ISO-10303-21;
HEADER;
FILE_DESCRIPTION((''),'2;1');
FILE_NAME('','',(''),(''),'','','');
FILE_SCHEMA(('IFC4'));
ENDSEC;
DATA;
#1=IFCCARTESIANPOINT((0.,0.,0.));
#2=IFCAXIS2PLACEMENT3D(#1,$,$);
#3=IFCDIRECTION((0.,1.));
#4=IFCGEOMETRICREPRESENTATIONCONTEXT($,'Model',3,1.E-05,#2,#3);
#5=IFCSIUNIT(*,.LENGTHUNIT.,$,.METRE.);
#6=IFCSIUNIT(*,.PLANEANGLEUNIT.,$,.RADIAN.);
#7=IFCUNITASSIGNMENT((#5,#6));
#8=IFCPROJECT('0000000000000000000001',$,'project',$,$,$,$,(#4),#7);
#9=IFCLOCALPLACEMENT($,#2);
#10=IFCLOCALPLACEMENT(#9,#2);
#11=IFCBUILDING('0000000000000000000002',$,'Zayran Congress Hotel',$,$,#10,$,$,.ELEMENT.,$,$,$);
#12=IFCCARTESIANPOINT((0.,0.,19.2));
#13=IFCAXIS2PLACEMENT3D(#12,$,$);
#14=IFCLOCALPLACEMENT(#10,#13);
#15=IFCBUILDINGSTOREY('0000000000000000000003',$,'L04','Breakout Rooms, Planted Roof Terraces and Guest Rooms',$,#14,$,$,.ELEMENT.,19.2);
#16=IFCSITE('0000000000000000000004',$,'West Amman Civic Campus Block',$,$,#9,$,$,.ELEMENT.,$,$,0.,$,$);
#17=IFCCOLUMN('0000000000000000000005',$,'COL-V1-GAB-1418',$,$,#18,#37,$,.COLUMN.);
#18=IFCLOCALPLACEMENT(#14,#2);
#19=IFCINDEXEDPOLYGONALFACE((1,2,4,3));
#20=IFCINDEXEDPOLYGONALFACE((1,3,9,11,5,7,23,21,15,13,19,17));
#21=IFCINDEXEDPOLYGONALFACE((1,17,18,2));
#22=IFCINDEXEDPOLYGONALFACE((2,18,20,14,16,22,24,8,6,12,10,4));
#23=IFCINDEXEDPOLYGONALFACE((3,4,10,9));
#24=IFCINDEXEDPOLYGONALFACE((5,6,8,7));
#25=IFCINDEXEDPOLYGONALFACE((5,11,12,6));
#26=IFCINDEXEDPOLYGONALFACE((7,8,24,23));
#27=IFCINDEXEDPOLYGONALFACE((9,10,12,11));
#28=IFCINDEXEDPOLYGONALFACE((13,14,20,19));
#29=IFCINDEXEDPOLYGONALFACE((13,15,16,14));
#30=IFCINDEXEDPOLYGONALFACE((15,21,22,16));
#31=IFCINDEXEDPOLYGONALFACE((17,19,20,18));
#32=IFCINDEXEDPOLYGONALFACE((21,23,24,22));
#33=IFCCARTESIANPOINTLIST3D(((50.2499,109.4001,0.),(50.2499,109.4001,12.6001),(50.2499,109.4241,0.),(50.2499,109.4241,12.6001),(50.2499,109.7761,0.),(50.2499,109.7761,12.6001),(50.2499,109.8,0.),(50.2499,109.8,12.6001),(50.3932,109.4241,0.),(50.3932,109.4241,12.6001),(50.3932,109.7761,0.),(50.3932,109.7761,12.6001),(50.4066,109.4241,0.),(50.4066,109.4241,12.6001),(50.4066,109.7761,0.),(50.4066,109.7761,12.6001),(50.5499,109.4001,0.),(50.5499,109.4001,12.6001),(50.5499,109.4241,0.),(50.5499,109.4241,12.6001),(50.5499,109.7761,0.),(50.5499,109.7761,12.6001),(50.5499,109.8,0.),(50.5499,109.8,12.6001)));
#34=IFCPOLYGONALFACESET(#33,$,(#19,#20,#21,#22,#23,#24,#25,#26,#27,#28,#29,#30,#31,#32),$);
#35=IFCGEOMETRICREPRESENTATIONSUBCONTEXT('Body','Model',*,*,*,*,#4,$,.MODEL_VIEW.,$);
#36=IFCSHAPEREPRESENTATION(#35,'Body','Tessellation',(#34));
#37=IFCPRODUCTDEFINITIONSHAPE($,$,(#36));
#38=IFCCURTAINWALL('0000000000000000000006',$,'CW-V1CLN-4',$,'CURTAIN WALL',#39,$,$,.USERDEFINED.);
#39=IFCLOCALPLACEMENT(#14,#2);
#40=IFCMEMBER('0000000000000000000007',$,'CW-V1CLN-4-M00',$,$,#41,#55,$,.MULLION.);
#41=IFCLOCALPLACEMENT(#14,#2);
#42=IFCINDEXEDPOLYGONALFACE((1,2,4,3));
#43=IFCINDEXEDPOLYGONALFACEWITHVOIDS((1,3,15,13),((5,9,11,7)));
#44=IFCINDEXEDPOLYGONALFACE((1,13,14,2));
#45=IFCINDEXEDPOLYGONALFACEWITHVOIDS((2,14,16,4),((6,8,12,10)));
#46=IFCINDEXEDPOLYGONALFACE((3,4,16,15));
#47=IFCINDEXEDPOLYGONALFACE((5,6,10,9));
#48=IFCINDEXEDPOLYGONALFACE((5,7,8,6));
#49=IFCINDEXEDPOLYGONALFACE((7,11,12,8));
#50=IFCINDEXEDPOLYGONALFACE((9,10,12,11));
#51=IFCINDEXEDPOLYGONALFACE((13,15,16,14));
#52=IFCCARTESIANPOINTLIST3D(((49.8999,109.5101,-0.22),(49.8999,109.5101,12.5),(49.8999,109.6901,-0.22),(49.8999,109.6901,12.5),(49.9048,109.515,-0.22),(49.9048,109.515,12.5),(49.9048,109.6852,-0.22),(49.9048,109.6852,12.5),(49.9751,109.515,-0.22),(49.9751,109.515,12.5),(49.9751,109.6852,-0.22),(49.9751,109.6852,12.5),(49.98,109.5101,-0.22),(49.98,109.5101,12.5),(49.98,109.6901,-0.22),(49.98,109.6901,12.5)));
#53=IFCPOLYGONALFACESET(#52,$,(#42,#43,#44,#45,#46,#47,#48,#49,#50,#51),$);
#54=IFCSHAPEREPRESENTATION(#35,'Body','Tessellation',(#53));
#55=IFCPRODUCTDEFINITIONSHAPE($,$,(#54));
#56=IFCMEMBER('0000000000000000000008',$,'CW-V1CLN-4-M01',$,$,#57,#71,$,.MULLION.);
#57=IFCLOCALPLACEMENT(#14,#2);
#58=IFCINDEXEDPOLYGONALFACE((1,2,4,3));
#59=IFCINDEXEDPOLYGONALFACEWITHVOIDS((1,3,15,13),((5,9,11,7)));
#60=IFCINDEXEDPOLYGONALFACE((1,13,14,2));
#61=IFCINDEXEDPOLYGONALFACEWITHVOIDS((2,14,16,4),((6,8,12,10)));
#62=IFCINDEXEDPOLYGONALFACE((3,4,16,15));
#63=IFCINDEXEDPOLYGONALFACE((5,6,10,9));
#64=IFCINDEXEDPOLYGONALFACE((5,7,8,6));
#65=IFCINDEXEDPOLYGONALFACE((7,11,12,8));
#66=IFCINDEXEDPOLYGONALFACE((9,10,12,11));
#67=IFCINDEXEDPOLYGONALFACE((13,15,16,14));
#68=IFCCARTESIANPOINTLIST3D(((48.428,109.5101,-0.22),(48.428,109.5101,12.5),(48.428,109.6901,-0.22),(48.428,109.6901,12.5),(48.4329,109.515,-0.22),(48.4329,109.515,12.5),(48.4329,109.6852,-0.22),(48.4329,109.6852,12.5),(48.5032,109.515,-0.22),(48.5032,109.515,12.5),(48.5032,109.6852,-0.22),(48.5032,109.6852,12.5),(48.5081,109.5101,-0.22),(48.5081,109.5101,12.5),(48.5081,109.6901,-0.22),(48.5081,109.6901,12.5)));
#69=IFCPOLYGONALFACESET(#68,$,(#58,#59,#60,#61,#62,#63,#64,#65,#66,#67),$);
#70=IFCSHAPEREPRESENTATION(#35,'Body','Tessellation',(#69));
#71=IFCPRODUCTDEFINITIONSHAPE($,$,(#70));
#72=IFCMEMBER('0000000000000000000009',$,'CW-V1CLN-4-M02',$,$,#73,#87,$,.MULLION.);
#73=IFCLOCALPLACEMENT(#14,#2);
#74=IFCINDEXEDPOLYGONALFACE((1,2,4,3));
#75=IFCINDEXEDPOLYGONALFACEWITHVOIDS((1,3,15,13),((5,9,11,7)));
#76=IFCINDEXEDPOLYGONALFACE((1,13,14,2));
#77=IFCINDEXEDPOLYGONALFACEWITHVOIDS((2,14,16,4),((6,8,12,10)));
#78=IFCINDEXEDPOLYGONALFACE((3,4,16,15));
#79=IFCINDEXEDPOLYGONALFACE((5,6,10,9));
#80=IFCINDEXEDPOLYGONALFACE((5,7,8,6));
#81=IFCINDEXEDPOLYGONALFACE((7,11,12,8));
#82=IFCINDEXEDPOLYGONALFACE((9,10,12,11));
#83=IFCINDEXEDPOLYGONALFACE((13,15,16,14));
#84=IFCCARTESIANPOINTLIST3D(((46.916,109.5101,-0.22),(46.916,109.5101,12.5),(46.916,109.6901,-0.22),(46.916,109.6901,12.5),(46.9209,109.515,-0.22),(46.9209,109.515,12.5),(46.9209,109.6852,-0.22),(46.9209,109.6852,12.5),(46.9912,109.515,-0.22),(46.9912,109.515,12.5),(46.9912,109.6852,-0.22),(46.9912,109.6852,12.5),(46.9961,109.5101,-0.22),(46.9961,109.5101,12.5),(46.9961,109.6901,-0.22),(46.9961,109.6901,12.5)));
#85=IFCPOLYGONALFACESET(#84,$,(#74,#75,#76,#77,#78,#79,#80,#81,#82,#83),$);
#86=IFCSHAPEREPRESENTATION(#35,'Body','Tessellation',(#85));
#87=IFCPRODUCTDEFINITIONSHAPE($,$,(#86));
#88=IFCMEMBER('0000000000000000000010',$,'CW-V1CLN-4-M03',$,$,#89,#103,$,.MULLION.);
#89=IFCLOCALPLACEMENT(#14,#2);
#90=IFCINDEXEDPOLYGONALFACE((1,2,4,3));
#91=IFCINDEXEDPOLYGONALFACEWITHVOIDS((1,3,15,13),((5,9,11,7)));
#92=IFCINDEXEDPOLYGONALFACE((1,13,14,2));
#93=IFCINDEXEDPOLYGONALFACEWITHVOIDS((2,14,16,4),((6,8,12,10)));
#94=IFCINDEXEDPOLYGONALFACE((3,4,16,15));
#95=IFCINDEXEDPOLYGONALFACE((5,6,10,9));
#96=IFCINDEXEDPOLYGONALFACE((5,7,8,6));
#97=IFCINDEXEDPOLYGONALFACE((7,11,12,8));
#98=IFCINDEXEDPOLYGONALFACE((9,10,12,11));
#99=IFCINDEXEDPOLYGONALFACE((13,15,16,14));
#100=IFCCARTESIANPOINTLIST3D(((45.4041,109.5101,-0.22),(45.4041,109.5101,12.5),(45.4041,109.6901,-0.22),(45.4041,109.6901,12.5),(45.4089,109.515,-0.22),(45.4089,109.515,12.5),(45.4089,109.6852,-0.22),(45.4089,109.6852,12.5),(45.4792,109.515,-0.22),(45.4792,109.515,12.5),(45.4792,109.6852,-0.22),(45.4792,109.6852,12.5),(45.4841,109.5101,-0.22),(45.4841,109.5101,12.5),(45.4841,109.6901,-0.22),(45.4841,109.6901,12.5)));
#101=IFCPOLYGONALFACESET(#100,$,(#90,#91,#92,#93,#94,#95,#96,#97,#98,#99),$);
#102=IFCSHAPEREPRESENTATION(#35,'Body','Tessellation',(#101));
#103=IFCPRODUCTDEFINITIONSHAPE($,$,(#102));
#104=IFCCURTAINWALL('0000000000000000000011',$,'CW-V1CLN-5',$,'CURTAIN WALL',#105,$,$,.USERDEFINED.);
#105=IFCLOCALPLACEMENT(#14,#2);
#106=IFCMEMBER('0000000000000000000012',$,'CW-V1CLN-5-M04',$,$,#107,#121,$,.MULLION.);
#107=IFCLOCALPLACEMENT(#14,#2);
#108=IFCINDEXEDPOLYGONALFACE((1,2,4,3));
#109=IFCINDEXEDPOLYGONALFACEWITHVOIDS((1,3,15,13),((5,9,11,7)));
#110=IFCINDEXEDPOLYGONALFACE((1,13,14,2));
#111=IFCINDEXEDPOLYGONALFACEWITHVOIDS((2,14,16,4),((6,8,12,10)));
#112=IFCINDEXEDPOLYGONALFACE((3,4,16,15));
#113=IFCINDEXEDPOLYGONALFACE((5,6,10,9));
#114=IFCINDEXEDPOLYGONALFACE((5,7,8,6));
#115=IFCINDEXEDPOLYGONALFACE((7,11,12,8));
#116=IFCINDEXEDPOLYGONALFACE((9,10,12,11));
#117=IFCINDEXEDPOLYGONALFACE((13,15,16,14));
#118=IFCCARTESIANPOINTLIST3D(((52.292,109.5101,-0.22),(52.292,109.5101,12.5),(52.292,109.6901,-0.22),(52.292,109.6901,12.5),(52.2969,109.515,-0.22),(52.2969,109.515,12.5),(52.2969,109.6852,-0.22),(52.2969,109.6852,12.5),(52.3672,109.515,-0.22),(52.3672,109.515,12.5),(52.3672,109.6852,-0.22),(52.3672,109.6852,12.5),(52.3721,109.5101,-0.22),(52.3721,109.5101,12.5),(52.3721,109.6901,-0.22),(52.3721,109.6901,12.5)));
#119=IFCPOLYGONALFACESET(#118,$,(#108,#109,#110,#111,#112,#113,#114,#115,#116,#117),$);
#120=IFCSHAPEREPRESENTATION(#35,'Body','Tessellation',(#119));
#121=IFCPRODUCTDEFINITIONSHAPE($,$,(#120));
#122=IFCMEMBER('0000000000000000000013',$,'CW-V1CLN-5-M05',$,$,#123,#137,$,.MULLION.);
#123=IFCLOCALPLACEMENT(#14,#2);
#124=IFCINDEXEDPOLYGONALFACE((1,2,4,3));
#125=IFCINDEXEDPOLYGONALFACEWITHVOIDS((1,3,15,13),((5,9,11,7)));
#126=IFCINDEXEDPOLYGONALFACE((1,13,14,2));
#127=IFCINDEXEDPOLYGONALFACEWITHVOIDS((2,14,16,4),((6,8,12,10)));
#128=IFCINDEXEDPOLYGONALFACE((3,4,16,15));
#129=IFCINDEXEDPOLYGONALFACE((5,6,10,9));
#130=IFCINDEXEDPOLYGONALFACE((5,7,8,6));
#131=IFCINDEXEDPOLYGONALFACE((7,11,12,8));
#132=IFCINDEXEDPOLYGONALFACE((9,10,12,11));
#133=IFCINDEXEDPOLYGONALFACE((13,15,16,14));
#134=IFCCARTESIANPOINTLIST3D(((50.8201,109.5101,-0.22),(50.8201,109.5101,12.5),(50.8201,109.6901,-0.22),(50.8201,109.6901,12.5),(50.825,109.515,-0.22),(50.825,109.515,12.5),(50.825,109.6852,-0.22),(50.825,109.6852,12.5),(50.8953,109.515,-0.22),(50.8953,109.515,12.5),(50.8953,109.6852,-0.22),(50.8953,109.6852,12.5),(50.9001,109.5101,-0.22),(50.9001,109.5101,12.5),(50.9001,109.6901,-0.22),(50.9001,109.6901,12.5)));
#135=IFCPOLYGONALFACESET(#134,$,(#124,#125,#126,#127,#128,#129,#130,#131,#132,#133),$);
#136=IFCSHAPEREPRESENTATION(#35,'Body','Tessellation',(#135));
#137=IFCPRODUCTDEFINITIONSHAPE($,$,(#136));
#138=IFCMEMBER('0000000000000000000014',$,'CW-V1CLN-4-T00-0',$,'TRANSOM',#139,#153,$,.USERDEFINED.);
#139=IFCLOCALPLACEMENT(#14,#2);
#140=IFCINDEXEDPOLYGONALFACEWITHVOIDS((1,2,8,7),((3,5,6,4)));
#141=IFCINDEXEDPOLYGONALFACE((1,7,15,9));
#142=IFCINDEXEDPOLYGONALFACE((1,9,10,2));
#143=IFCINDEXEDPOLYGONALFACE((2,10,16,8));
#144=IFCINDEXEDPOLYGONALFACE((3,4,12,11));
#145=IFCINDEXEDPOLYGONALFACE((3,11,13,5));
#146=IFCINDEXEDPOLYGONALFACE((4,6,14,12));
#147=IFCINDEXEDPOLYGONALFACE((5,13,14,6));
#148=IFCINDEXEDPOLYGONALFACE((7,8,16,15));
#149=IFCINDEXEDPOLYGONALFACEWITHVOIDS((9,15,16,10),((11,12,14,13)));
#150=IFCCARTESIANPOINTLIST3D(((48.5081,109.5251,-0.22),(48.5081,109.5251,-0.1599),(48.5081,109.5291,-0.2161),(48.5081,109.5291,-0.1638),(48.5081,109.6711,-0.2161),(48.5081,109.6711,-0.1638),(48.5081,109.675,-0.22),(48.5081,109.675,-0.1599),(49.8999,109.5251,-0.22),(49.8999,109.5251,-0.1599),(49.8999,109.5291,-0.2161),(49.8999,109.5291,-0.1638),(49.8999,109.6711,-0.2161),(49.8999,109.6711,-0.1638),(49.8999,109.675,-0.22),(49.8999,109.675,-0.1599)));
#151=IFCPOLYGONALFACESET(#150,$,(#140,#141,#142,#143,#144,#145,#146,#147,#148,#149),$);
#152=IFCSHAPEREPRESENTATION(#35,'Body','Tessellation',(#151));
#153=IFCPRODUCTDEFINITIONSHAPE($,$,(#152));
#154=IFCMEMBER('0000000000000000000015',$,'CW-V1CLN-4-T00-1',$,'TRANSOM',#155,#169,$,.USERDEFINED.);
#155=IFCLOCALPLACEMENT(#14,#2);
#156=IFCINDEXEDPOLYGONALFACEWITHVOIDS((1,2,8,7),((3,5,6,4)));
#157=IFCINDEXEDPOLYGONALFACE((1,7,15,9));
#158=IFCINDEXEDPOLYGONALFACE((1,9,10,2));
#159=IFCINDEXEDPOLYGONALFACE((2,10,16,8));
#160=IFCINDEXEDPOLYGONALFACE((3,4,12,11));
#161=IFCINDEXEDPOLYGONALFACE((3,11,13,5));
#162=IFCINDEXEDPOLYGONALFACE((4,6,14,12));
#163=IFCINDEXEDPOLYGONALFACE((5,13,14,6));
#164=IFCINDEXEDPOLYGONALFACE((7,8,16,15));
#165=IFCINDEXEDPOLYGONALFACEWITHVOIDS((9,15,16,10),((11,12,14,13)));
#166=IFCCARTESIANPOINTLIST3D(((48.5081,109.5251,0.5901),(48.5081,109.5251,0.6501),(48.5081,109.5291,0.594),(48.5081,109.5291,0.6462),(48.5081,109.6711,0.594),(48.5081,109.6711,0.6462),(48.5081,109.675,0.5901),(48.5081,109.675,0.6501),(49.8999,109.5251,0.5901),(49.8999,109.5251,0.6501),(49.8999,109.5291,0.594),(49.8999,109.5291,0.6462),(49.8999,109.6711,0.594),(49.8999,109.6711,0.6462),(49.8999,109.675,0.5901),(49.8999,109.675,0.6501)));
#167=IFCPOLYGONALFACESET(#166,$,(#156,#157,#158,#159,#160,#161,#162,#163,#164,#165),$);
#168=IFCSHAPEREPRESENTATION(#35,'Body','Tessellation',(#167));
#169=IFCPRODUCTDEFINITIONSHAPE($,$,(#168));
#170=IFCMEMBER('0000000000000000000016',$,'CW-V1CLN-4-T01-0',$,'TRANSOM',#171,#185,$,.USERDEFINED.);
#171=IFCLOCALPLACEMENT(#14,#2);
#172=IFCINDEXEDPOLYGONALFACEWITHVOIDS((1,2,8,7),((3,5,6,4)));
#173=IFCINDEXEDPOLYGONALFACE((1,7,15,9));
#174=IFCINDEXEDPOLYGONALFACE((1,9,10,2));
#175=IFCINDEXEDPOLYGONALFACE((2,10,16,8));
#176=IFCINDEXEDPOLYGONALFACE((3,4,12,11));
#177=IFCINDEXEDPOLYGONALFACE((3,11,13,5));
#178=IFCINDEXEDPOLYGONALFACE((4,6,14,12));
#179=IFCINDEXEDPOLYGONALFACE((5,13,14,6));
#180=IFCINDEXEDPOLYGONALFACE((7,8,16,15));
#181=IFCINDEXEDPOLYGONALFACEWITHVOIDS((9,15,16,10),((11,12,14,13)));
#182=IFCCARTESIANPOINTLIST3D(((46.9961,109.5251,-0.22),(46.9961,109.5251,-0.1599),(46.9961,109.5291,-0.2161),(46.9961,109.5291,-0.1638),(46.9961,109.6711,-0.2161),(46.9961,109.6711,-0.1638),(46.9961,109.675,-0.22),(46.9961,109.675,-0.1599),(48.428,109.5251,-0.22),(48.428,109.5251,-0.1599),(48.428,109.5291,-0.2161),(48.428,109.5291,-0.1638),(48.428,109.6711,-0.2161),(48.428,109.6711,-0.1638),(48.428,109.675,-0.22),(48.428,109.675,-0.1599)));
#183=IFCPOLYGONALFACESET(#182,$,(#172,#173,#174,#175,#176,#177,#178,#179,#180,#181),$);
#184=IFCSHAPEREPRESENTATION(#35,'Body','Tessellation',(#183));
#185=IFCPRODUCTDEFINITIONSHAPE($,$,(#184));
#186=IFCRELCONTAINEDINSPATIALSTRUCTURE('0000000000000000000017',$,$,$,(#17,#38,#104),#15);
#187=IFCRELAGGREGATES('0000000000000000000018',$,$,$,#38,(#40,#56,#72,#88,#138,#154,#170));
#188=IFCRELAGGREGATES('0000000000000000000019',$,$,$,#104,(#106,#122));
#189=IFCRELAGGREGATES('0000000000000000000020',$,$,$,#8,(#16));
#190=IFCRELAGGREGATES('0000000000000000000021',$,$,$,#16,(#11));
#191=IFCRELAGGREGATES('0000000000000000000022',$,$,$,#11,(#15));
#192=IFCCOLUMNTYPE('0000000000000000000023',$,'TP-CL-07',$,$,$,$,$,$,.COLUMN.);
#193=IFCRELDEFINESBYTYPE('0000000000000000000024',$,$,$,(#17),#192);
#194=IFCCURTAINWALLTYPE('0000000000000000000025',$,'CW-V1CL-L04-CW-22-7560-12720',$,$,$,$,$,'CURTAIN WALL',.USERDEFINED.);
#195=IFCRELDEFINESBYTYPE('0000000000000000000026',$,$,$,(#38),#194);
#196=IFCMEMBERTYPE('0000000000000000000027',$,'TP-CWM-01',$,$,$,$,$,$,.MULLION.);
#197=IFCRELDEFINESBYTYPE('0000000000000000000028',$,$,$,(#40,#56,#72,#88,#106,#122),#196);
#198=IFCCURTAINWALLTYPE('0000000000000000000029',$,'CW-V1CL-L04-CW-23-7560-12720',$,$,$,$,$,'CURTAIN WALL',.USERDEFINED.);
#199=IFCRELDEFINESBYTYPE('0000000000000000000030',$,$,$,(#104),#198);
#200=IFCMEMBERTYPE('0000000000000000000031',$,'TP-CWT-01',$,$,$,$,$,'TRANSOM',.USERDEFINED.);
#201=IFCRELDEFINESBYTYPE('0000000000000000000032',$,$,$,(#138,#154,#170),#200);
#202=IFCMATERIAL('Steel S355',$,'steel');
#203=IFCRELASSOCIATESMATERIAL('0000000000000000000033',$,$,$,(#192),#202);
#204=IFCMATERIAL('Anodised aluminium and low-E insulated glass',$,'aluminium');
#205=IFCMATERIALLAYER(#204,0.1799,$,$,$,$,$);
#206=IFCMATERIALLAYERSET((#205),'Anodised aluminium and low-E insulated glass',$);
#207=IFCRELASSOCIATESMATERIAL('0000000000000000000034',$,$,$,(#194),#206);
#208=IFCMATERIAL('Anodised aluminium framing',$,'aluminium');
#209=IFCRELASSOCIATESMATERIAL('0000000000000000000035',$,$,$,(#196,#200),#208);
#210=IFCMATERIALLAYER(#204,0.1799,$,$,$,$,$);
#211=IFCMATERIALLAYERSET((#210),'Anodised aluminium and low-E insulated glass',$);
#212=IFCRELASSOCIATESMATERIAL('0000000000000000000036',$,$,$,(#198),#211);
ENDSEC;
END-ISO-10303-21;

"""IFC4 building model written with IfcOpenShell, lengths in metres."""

from ifc_helpers import new_model, si_unit, direction, frame, origin, origin_2d, place, context, subcontext, project, spatial, hollow_rectangle, i_section, extrude, material, layer, layer_set, material_profile, profile_set, type_object, element, aggregate, save


model = new_model("IFC4")

# Units and contexts
model_context = context("Model", 3, precision=1e-05, world=origin(), true_north=direction((0.0, 1.0)))
body_context = subcontext(model_context, "Body", "Model", "MODEL_VIEW")
ifc_project = project(units=[si_unit("LENGTHUNIT", "METRE"), si_unit("PLANEANGLEUNIT", "RADIAN")], contexts=[model_context])

# Site, building, storey
site_placement = place(None, origin())
site = spatial("IfcSite", under=ifc_project, at=site_placement, Name="West Amman Civic Campus Block", CompositionType="ELEMENT", RefElevation=0.0)
building_placement = place(site_placement, origin())
building = spatial("IfcBuilding", under=site, at=building_placement, Name="Zayran Congress Hotel", CompositionType="ELEMENT")
storey_placement = place(building_placement, frame((0.0, 0.0, 19.2)))
storey = spatial("IfcBuildingStorey", under=building, at=storey_placement, Name="L04", Description="Breakout Rooms, Planted Roof Terraces and Guest Rooms", CompositionType="ELEMENT", Elevation=19.2)

# Column
ifc_material_1 = material(Name="Steel S355", Category="steel")
ifc_material_profile_1 = material_profile(ifc_material_1, i_section(OverallWidth=0.3, OverallDepth=0.3999, WebThickness=0.0134, FlangeThickness=0.0239, at=origin_2d()), Name="HEB 400")
ifc_profile_set_1 = profile_set([ifc_material_profile_1], Name="Steel S355")
column_type = type_object("IfcColumnType", Name="TP-CL-07", PredefinedType="COLUMN", material=ifc_profile_set_1)
column_placement = place(storey_placement, frame((50.3999, 109.6001, 0.0), z_axis=(0.0, 0.0, 1.0), x_axis=(1.0, 0.0, 0.0)))
element("IfcColumn", 1, at=column_placement, inside=storey, type_object=column_type, Name="COL-V1-GAB-1418", PredefinedType="COLUMN", context=body_context, shape_type="SweptSolid", body=[
    extrude(i_section(OverallWidth=0.3, OverallDepth=0.3999, WebThickness=0.0134, FlangeThickness=0.0239, at=origin_2d()), origin(), (0.0, 0.0, 1.0), 12.6001),
])

# Curtain walls, members
ifc_material_2 = material(Name="Anodised aluminium and low-E insulated glass", Category="aluminium")
ifc_layer_1 = layer(ifc_material_2, 0.1799)
ifc_layer_set_1 = layer_set([ifc_layer_1], Name="Anodised aluminium and low-E insulated glass")
curtain_wall_type_1 = type_object("IfcCurtainWallType", Name="CW-V1CL-L04-CW-22-7560-12720", ElementType="CURTAIN WALL", PredefinedType="USERDEFINED", material=ifc_layer_set_1)
curtain_wall_1_placement = place(storey_placement, origin())
curtain_wall_1 = element("IfcCurtainWall", 2, at=curtain_wall_1_placement, inside=storey, type_object=curtain_wall_type_1, Name="CW-V1CLN-4", ObjectType="CURTAIN WALL", PredefinedType="USERDEFINED")
ifc_material_3 = material(Name="Anodised aluminium framing", Category="aluminium")
ifc_material_profile_2 = material_profile(ifc_material_3, hollow_rectangle(XDim=0.0801, YDim=0.1799, WallThickness=0.0049, at=origin_2d()), Name="RHS 180x80x5")
ifc_profile_set_2 = profile_set([ifc_material_profile_2], Name="Anodised aluminium framing")
member_type_1 = type_object("IfcMemberType", Name="TP-CWM-01", PredefinedType="MULLION", material=ifc_profile_set_2)
member_1_placement = place(storey_placement, frame((49.9399, 109.6001, -0.22), z_axis=(0.0, 0.0, 1.0), x_axis=(1.0, 0.0, 0.0)))
member_1 = element("IfcMember", 3, at=member_1_placement, type_object=member_type_1, Name="CW-V1CLN-4-M00", PredefinedType="MULLION", context=body_context, shape_type="SweptSolid", body=[
    extrude(hollow_rectangle(XDim=0.0801, YDim=0.1799, WallThickness=0.0049, at=origin_2d()), origin(), (0.0, 0.0, 1.0), 12.72),
])
member_2_placement = place(storey_placement, frame((48.468, 109.6001, -0.22), z_axis=(0.0, 0.0, 1.0), x_axis=(1.0, 0.0, 0.0)))
member_2 = element("IfcMember", 4, at=member_2_placement, type_object=member_type_1, Name="CW-V1CLN-4-M01", PredefinedType="MULLION", context=body_context, shape_type="SweptSolid", body=[
    extrude(hollow_rectangle(XDim=0.0801, YDim=0.1799, WallThickness=0.0049, at=origin_2d()), origin(), (0.0, 0.0, 1.0), 12.72),
])
member_3_placement = place(storey_placement, frame((46.9561, 109.6001, -0.22), z_axis=(0.0, 0.0, 1.0), x_axis=(1.0, 0.0, 0.0)))
member_3 = element("IfcMember", 5, at=member_3_placement, type_object=member_type_1, Name="CW-V1CLN-4-M02", PredefinedType="MULLION", context=body_context, shape_type="SweptSolid", body=[
    extrude(hollow_rectangle(XDim=0.0801, YDim=0.1799, WallThickness=0.0049, at=origin_2d()), origin(), (0.0, 0.0, 1.0), 12.72),
])
member_4_placement = place(storey_placement, frame((45.4441, 109.6001, -0.22), z_axis=(0.0, 0.0, 1.0), x_axis=(1.0, 0.0, 0.0)))
member_4 = element("IfcMember", 6, at=member_4_placement, type_object=member_type_1, Name="CW-V1CLN-4-M03", PredefinedType="MULLION", context=body_context, shape_type="SweptSolid", body=[
    extrude(hollow_rectangle(XDim=0.0801, YDim=0.1799, WallThickness=0.0049, at=origin_2d()), origin(), (0.0, 0.0, 1.0), 12.72),
])
ifc_layer_2 = layer(ifc_material_2, 0.1799)
ifc_layer_set_2 = layer_set([ifc_layer_2], Name="Anodised aluminium and low-E insulated glass")
curtain_wall_type_2 = type_object("IfcCurtainWallType", Name="CW-V1CL-L04-CW-23-7560-12720", ElementType="CURTAIN WALL", PredefinedType="USERDEFINED", material=ifc_layer_set_2)
curtain_wall_2_placement = place(storey_placement, origin())
curtain_wall_2 = element("IfcCurtainWall", 7, at=curtain_wall_2_placement, inside=storey, type_object=curtain_wall_type_2, Name="CW-V1CLN-5", ObjectType="CURTAIN WALL", PredefinedType="USERDEFINED")
member_5_placement = place(storey_placement, frame((52.332, 109.6001, -0.22), z_axis=(0.0, 0.0, 1.0), x_axis=(1.0, 0.0, 0.0)))
member_5 = element("IfcMember", 8, at=member_5_placement, type_object=member_type_1, Name="CW-V1CLN-5-M04", PredefinedType="MULLION", context=body_context, shape_type="SweptSolid", body=[
    extrude(hollow_rectangle(XDim=0.0801, YDim=0.1799, WallThickness=0.0049, at=origin_2d()), origin(), (0.0, 0.0, 1.0), 12.72),
])
member_6_placement = place(storey_placement, frame((50.8601, 109.6001, -0.22), z_axis=(0.0, 0.0, 1.0), x_axis=(1.0, 0.0, 0.0)))
member_6 = element("IfcMember", 9, at=member_6_placement, type_object=member_type_1, Name="CW-V1CLN-5-M05", PredefinedType="MULLION", context=body_context, shape_type="SweptSolid", body=[
    extrude(hollow_rectangle(XDim=0.0801, YDim=0.1799, WallThickness=0.0049, at=origin_2d()), origin(), (0.0, 0.0, 1.0), 12.72),
])

# Members
ifc_material_profile_3 = material_profile(ifc_material_3, hollow_rectangle(XDim=0.0601, YDim=0.1499, WallThickness=0.0039, at=origin_2d()), Name="RHS 150x60x4")
ifc_profile_set_3 = profile_set([ifc_material_profile_3], Name="Anodised aluminium framing")
member_type_2 = type_object("IfcMemberType", Name="TP-CWT-01", ElementType="TRANSOM", PredefinedType="USERDEFINED", material=ifc_profile_set_3)
member_7_placement = place(storey_placement, frame((49.8999, 109.6001, -0.1899), z_axis=(-1.0, 0.0, 0.0), x_axis=(0.0, 0.0, 1.0)))
member_7 = element("IfcMember", 10, at=member_7_placement, type_object=member_type_2, Name="CW-V1CLN-4-T00-0", ObjectType="TRANSOM", PredefinedType="USERDEFINED", context=body_context, shape_type="SweptSolid", body=[
    extrude(hollow_rectangle(XDim=0.0601, YDim=0.1499, WallThickness=0.0039, at=origin_2d()), origin(), (0.0, 0.0, 1.0), 1.3918),
])
member_8_placement = place(storey_placement, frame((49.8999, 109.6001, 0.6201), z_axis=(-1.0, 0.0, 0.0), x_axis=(0.0, 0.0, 1.0)))
member_8 = element("IfcMember", 11, at=member_8_placement, type_object=member_type_2, Name="CW-V1CLN-4-T00-1", ObjectType="TRANSOM", PredefinedType="USERDEFINED", context=body_context, shape_type="SweptSolid", body=[
    extrude(hollow_rectangle(XDim=0.0601, YDim=0.1499, WallThickness=0.0039, at=origin_2d()), origin(), (0.0, 0.0, 1.0), 1.3918),
])
member_9_placement = place(storey_placement, frame((48.428, 109.6001, -0.1899), z_axis=(-1.0, 0.0, 0.0), x_axis=(0.0, 0.0, 1.0)))
member_9 = element("IfcMember", 12, at=member_9_placement, type_object=member_type_2, Name="CW-V1CLN-4-T01-0", ObjectType="TRANSOM", PredefinedType="USERDEFINED", context=body_context, shape_type="SweptSolid", body=[
    extrude(hollow_rectangle(XDim=0.0601, YDim=0.1499, WallThickness=0.0039, at=origin_2d()), origin(), (0.0, 0.0, 1.0), 1.4319),
])

aggregate(curtain_wall_1, [member_1, member_2, member_3, member_4, member_7, member_8, member_9])
aggregate(curtain_wall_2, [member_5, member_6])

save(model, "model.ifc")
